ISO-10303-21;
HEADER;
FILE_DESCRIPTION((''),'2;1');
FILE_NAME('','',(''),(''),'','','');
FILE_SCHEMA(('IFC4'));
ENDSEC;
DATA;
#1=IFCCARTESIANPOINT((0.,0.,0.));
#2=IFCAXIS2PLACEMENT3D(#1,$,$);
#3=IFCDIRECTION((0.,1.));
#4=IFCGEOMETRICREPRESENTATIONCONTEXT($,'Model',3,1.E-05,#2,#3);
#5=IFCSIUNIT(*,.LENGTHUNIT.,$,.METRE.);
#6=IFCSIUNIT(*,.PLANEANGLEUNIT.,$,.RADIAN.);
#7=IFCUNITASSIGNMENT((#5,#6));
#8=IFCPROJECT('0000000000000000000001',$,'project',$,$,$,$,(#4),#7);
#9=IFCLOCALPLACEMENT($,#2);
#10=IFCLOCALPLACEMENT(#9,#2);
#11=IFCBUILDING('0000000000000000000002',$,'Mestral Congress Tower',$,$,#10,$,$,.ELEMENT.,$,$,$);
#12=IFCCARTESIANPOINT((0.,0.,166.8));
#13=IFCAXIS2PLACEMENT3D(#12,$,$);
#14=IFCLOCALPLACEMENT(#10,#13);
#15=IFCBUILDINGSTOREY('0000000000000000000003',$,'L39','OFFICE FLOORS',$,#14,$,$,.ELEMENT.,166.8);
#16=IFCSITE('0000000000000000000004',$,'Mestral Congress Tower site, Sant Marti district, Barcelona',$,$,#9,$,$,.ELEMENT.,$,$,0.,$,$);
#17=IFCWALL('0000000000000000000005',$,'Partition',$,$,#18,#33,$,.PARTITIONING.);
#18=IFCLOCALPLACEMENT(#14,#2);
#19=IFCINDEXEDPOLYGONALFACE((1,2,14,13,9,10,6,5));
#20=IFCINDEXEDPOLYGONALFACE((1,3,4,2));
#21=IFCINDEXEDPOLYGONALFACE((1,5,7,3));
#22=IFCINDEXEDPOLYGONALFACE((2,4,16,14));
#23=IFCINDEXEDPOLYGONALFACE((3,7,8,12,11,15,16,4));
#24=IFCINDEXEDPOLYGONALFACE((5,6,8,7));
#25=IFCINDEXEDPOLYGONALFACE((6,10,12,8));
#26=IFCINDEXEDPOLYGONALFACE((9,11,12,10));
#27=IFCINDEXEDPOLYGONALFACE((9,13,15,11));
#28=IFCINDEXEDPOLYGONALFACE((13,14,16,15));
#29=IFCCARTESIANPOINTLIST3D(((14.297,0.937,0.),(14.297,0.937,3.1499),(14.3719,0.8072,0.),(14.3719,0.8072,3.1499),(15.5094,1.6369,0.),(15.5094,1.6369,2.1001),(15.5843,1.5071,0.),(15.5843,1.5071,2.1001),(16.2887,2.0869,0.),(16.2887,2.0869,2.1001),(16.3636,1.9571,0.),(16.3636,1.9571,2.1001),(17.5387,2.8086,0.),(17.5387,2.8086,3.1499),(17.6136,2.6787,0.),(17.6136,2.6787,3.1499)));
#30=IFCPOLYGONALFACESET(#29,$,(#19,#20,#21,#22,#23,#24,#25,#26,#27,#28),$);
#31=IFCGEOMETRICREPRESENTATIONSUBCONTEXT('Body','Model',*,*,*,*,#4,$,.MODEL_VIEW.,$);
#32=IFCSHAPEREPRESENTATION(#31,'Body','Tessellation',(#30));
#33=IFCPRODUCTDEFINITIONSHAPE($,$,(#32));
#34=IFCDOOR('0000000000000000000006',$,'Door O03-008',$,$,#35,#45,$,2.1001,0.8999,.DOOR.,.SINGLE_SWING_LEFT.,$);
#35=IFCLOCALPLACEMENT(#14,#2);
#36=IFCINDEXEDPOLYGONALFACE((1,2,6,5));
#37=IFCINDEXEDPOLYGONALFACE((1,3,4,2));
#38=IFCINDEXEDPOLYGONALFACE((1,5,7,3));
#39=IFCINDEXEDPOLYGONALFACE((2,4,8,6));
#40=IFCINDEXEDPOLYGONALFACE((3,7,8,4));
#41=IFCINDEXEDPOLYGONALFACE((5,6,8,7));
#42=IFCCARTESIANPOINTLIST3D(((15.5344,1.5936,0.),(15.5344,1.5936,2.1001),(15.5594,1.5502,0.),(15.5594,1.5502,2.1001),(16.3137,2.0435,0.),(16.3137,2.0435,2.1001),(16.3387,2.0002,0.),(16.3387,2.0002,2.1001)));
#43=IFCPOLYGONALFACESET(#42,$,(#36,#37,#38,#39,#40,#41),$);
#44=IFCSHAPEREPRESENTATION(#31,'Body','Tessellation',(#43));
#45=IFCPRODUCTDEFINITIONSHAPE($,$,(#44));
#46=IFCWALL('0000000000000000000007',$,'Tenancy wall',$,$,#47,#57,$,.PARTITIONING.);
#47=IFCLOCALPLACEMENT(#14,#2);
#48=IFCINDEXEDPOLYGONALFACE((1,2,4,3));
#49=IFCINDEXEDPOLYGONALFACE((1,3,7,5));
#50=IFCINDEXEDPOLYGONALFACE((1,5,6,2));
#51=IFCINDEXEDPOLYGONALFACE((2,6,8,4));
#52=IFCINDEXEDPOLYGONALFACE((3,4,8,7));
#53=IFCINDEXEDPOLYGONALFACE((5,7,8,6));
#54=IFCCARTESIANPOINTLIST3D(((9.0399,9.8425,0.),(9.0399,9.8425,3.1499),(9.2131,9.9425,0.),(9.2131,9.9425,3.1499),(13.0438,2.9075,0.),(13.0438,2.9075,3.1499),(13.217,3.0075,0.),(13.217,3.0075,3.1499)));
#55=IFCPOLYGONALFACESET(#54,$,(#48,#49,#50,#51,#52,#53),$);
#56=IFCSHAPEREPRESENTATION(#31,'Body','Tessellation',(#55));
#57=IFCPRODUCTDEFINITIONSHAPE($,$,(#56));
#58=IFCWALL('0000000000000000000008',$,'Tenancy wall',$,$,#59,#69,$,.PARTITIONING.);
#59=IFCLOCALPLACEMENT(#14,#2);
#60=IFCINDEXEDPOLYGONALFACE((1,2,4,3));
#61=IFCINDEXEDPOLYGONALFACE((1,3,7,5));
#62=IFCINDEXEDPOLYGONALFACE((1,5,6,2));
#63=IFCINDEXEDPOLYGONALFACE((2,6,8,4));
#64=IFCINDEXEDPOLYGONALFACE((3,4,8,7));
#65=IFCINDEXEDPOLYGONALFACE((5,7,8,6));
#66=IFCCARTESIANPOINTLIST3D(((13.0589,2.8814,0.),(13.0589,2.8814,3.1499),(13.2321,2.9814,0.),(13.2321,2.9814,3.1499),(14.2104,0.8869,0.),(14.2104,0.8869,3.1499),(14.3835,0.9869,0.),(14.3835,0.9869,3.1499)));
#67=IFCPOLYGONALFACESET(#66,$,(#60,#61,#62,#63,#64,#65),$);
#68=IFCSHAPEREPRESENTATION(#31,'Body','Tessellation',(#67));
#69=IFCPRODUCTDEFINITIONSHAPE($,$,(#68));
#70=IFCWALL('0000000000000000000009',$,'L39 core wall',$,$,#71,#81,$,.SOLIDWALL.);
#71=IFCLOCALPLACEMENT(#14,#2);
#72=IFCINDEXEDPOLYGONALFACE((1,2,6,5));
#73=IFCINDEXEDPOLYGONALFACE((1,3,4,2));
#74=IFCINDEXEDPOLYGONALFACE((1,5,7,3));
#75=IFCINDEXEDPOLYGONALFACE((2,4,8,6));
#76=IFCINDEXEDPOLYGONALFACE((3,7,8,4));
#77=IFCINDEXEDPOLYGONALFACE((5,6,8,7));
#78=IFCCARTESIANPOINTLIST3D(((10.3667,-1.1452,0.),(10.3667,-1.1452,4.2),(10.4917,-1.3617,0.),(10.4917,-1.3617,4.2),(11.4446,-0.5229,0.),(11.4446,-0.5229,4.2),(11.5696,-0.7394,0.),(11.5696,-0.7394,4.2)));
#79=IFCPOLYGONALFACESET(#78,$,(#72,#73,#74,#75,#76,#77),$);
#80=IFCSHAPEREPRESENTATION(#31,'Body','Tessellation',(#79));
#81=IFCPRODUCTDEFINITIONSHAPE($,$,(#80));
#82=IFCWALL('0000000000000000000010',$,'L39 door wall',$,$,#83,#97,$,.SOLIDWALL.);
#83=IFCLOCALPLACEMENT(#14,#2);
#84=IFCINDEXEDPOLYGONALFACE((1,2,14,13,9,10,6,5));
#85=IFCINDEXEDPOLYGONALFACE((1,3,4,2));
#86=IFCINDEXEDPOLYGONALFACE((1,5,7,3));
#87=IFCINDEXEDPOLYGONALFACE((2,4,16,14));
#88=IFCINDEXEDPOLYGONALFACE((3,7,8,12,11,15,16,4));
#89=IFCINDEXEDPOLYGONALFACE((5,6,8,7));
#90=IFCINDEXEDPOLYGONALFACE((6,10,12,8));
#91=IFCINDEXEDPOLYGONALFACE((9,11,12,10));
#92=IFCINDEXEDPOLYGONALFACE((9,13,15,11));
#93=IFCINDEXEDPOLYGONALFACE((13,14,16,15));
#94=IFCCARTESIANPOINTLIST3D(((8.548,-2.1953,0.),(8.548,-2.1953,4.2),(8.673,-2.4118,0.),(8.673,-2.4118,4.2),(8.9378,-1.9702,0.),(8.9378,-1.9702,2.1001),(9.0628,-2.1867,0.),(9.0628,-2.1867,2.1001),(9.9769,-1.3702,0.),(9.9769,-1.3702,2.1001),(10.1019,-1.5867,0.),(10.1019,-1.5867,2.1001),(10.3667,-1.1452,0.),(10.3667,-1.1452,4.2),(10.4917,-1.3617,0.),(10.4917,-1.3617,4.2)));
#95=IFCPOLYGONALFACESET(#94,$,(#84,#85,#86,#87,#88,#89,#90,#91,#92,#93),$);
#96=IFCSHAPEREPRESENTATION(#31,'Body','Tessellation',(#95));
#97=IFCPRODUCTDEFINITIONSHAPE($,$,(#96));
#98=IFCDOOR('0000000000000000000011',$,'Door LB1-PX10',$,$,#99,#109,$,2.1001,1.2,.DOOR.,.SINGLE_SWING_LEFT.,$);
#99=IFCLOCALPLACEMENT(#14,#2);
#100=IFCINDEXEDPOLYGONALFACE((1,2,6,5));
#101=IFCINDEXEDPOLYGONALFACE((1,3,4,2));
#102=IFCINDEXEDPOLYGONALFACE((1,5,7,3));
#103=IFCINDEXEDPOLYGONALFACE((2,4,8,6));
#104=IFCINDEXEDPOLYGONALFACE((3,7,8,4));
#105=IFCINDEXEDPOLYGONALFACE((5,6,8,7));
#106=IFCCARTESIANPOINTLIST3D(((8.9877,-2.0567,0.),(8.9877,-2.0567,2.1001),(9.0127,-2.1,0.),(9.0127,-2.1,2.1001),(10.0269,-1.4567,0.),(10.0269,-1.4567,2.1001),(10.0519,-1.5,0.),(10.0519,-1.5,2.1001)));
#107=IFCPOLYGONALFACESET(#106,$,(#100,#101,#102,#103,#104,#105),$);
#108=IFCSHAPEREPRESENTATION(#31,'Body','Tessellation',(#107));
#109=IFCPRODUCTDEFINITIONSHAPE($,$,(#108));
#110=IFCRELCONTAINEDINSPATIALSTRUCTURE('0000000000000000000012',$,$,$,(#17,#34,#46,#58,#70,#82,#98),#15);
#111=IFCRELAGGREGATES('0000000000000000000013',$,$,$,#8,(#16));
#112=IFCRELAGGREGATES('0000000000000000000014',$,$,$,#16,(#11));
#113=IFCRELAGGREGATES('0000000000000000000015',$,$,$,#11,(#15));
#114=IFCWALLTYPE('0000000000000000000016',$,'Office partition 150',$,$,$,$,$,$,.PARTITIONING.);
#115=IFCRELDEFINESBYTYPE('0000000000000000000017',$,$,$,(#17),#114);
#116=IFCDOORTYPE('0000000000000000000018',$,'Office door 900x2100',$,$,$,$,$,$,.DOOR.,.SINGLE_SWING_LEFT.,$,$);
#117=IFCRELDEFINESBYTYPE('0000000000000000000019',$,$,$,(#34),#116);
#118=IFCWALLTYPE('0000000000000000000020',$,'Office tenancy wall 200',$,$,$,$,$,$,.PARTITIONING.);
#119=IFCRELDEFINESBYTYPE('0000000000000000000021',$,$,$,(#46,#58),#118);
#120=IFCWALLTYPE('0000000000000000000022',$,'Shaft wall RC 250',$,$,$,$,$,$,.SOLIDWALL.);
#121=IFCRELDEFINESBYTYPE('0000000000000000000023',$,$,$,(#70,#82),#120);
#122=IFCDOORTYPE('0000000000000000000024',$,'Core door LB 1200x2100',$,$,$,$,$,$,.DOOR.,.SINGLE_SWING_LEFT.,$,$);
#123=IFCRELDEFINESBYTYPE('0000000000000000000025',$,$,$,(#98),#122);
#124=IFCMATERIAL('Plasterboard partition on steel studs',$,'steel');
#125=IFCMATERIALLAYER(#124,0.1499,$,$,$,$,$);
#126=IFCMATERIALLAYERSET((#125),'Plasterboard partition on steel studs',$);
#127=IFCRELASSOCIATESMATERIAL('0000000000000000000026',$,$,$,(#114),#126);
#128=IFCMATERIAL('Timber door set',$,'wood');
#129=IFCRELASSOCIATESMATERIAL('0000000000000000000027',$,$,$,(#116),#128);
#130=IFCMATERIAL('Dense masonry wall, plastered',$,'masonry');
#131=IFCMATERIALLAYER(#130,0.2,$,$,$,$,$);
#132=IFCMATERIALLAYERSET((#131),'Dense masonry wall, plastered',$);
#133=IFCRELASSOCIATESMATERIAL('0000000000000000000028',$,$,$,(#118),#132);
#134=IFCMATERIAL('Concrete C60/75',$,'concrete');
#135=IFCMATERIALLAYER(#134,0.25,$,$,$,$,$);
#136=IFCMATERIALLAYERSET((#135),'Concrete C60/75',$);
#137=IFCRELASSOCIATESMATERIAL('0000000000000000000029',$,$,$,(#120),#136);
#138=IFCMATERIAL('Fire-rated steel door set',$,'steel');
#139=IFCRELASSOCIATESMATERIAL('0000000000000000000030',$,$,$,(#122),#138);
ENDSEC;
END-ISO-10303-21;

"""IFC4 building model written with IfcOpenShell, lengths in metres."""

from ifc_helpers import new_model, si_unit, direction, frame, frame_2d, origin, place, context, subcontext, project, spatial, rectangle, extrude, material, layer, layer_set, type_object, element, fill, save


model = new_model("IFC4")

# Units and contexts
model_context = context("Model", 3, precision=1e-05, world=origin(), true_north=direction((0.0, 1.0)))
body_context = subcontext(model_context, "Body", "Model", "MODEL_VIEW")
ifc_project = project(units=[si_unit("LENGTHUNIT", "METRE"), si_unit("PLANEANGLEUNIT", "RADIAN")], contexts=[model_context])

# Site, building, storey
site_placement = place(None, origin())
site = spatial("IfcSite", under=ifc_project, at=site_placement, Name="Mestral Congress Tower site, Sant Marti district, Barcelona", CompositionType="ELEMENT", RefElevation=0.0)
building_placement = place(site_placement, origin())
building = spatial("IfcBuilding", under=site, at=building_placement, Name="Mestral Congress Tower", CompositionType="ELEMENT")
storey_placement = place(building_placement, frame((0.0, 0.0, 166.8)))
storey = spatial("IfcBuildingStorey", under=building, at=storey_placement, Name="L39", Description="OFFICE FLOORS", CompositionType="ELEMENT", Elevation=166.8)

# Shared definitions
ifc_material_1 = material(Name="Concrete C60/75", Category="concrete")

# Shared definitions
ifc_material_2 = material(Name="Fire-rated steel door set", Category="steel")

# Shared definitions
ifc_material_3 = material(Name="Plasterboard partition on steel studs", Category="steel")
ifc_layer_1 = layer(ifc_material_3, 0.1499)
ifc_layer_set_1 = layer_set([ifc_layer_1], Name="Plasterboard partition on steel studs")
wall_type_1 = type_object("IfcWallType", Name="Office partition 150", PredefinedType="PARTITIONING", material=ifc_layer_set_1)
ifc_material_4 = material(Name="Timber door set", Category="wood")
door_type_1 = type_object("IfcDoorType", Name="Office door 900x2100", OperationType="SINGLE_SWING_LEFT", PredefinedType="DOOR", material=ifc_material_4)

# Wall, opening, door
wall_1_placement = place(storey_placement, frame((14.3345, 0.8721, 0.0), z_axis=(0.0, 0.0, 1.0), x_axis=(0.866027, 0.499997, 0.0)))
wall_1 = element("IfcWall", 1, at=wall_1_placement, inside=storey, type_object=wall_type_1, Name="Partition", PredefinedType="PARTITIONING", context=body_context, shape_type="SweptSolid", body=[
    extrude(rectangle(XDim=3.7432, YDim=0.1499, at=frame_2d((1.8716, 0.0))), origin(), (0.0, 0.0, 1.0), 3.1499),
])
opening_1_placement = place(wall_1_placement, frame((1.3999, 0.0, 0.0)))
opening_1 = element("IfcOpeningElement", 2, at=opening_1_placement, cuts=wall_1, PredefinedType="OPENING", context=body_context, shape_type="SweptSolid", body=[
    extrude(rectangle(XDim=0.8999, YDim=2.1001, at=frame_2d((0.45, 1.05))), frame((0.0, 0.085, 0.0), z_axis=(0.0, -1.0, 0.0), x_axis=(1.0, 0.0, 0.0)), (0.0, 0.0, 1.0), 0.1699),
])
door_1_placement = place(opening_1_placement, origin())
door_1 = element("IfcDoor", 3, at=door_1_placement, inside=storey, type_object=door_type_1, Name="Door O03-008", OperationType="SINGLE_SWING_LEFT", OverallHeight=2.1001, OverallWidth=0.8999, PredefinedType="DOOR", context=body_context, shape_type="SweptSolid", body=[
    extrude(rectangle(XDim=0.8999, YDim=2.1001, at=frame_2d((0.45, 1.05))), frame((0.0, 0.0249, 0.0), z_axis=(0.0, -1.0, 0.0), x_axis=(1.0, 0.0, 0.0)), (0.0, 0.0, 1.0), 0.05),
])
fill(opening_1, door_1)

# Walls
ifc_material_5 = material(Name="Dense masonry wall, plastered", Category="masonry")
ifc_layer_2 = layer(ifc_material_5, 0.2)
ifc_layer_set_2 = layer_set([ifc_layer_2], Name="Dense masonry wall, plastered")
wall_type_2 = type_object("IfcWallType", Name="Office tenancy wall 200", PredefinedType="PARTITIONING", material=ifc_layer_set_2)
wall_2_placement = place(storey_placement, frame((13.1304, 2.9575, 0.0), z_axis=(0.0, 0.0, 1.0), x_axis=(-0.499995, 0.866028, 0.0)))
element("IfcWall", 4, at=wall_2_placement, inside=storey, type_object=wall_type_2, Name="Tenancy wall", PredefinedType="PARTITIONING", context=body_context, shape_type="SweptSolid", body=[
    extrude(rectangle(XDim=8.0078, YDim=0.2, at=frame_2d((4.0039, 0.0))), origin(), (0.0, 0.0, 1.0), 3.1499),
])
wall_3_placement = place(storey_placement, frame((14.2969, 0.937, 0.0), z_axis=(0.0, 0.0, 1.0), x_axis=(-0.49997, 0.866043, 0.0)))
element("IfcWall", 5, at=wall_3_placement, inside=storey, type_object=wall_type_2, Name="Tenancy wall", PredefinedType="PARTITIONING", context=body_context, shape_type="SweptSolid", body=[
    extrude(rectangle(XDim=2.303, YDim=0.2, at=frame_2d((1.1514, 0.0))), origin(), (0.0, 0.0, 1.0), 3.1499),
])
ifc_layer_3 = layer(ifc_material_1, 0.25)
ifc_layer_set_3 = layer_set([ifc_layer_3], Name="Concrete C60/75")
wall_type_3 = type_object("IfcWallType", Name="Shaft wall RC 250", PredefinedType="SOLIDWALL", material=ifc_layer_set_3)
wall_4_placement = place(storey_placement, frame((11.5071, -0.6311, 0.0), z_axis=(0.0, 0.0, 1.0), x_axis=(-0.866026, -0.5, 0.0)))
element("IfcWall", 6, at=wall_4_placement, inside=storey, type_object=wall_type_3, Name="L39 core wall", PredefinedType="SOLIDWALL", context=body_context, shape_type="SweptSolid", body=[
    extrude(rectangle(XDim=1.2446, YDim=0.25, at=frame_2d((0.6223, 0.0))), origin(), (0.0, 0.0, 1.0), 4.2),
])

# Wall, opening, door
wall_5_placement = place(storey_placement, frame((10.4292, -1.2534, 0.0), z_axis=(0.0, 0.0, 1.0), x_axis=(-0.866009, -0.500028, 0.0)))
wall_5 = element("IfcWall", 7, at=wall_5_placement, inside=storey, type_object=wall_type_3, Name="L39 door wall", PredefinedType="SOLIDWALL", context=body_context, shape_type="SweptSolid", body=[
    extrude(rectangle(XDim=2.1001, YDim=0.25, at=frame_2d((1.05, 0.0))), origin(), (0.0, 0.0, 1.0), 4.2),
])
opening_2_placement = place(wall_5_placement, frame((0.45, 0.0, 0.0)))
opening_2 = element("IfcOpeningElement", 8, at=opening_2_placement, cuts=wall_5, PredefinedType="OPENING", context=body_context, shape_type="SweptSolid", body=[
    extrude(rectangle(XDim=1.2, YDim=2.1001, at=frame_2d((0.6001, 1.05))), frame((0.0, 0.135, 0.0), z_axis=(0.0, -1.0, 0.0), x_axis=(1.0, 0.0, 0.0)), (0.0, 0.0, 1.0), 0.27),
])
door_type_2 = type_object("IfcDoorType", Name="Core door LB 1200x2100", OperationType="SINGLE_SWING_LEFT", PredefinedType="DOOR", material=ifc_material_2)
door_2_placement = place(opening_2_placement, origin())
door_2 = element("IfcDoor", 9, at=door_2_placement, inside=storey, type_object=door_type_2, Name="Door LB1-PX10", OperationType="SINGLE_SWING_LEFT", OverallHeight=2.1001, OverallWidth=1.2, PredefinedType="DOOR", context=body_context, shape_type="SweptSolid", body=[
    extrude(rectangle(XDim=1.2, YDim=2.1001, at=frame_2d((0.6001, 1.05))), frame((0.0, 0.0249, 0.0), z_axis=(0.0, -1.0, 0.0), x_axis=(1.0, 0.0, 0.0)), (0.0, 0.0, 1.0), 0.05),
])
fill(opening_2, door_2)

save(model, "model.ifc")
